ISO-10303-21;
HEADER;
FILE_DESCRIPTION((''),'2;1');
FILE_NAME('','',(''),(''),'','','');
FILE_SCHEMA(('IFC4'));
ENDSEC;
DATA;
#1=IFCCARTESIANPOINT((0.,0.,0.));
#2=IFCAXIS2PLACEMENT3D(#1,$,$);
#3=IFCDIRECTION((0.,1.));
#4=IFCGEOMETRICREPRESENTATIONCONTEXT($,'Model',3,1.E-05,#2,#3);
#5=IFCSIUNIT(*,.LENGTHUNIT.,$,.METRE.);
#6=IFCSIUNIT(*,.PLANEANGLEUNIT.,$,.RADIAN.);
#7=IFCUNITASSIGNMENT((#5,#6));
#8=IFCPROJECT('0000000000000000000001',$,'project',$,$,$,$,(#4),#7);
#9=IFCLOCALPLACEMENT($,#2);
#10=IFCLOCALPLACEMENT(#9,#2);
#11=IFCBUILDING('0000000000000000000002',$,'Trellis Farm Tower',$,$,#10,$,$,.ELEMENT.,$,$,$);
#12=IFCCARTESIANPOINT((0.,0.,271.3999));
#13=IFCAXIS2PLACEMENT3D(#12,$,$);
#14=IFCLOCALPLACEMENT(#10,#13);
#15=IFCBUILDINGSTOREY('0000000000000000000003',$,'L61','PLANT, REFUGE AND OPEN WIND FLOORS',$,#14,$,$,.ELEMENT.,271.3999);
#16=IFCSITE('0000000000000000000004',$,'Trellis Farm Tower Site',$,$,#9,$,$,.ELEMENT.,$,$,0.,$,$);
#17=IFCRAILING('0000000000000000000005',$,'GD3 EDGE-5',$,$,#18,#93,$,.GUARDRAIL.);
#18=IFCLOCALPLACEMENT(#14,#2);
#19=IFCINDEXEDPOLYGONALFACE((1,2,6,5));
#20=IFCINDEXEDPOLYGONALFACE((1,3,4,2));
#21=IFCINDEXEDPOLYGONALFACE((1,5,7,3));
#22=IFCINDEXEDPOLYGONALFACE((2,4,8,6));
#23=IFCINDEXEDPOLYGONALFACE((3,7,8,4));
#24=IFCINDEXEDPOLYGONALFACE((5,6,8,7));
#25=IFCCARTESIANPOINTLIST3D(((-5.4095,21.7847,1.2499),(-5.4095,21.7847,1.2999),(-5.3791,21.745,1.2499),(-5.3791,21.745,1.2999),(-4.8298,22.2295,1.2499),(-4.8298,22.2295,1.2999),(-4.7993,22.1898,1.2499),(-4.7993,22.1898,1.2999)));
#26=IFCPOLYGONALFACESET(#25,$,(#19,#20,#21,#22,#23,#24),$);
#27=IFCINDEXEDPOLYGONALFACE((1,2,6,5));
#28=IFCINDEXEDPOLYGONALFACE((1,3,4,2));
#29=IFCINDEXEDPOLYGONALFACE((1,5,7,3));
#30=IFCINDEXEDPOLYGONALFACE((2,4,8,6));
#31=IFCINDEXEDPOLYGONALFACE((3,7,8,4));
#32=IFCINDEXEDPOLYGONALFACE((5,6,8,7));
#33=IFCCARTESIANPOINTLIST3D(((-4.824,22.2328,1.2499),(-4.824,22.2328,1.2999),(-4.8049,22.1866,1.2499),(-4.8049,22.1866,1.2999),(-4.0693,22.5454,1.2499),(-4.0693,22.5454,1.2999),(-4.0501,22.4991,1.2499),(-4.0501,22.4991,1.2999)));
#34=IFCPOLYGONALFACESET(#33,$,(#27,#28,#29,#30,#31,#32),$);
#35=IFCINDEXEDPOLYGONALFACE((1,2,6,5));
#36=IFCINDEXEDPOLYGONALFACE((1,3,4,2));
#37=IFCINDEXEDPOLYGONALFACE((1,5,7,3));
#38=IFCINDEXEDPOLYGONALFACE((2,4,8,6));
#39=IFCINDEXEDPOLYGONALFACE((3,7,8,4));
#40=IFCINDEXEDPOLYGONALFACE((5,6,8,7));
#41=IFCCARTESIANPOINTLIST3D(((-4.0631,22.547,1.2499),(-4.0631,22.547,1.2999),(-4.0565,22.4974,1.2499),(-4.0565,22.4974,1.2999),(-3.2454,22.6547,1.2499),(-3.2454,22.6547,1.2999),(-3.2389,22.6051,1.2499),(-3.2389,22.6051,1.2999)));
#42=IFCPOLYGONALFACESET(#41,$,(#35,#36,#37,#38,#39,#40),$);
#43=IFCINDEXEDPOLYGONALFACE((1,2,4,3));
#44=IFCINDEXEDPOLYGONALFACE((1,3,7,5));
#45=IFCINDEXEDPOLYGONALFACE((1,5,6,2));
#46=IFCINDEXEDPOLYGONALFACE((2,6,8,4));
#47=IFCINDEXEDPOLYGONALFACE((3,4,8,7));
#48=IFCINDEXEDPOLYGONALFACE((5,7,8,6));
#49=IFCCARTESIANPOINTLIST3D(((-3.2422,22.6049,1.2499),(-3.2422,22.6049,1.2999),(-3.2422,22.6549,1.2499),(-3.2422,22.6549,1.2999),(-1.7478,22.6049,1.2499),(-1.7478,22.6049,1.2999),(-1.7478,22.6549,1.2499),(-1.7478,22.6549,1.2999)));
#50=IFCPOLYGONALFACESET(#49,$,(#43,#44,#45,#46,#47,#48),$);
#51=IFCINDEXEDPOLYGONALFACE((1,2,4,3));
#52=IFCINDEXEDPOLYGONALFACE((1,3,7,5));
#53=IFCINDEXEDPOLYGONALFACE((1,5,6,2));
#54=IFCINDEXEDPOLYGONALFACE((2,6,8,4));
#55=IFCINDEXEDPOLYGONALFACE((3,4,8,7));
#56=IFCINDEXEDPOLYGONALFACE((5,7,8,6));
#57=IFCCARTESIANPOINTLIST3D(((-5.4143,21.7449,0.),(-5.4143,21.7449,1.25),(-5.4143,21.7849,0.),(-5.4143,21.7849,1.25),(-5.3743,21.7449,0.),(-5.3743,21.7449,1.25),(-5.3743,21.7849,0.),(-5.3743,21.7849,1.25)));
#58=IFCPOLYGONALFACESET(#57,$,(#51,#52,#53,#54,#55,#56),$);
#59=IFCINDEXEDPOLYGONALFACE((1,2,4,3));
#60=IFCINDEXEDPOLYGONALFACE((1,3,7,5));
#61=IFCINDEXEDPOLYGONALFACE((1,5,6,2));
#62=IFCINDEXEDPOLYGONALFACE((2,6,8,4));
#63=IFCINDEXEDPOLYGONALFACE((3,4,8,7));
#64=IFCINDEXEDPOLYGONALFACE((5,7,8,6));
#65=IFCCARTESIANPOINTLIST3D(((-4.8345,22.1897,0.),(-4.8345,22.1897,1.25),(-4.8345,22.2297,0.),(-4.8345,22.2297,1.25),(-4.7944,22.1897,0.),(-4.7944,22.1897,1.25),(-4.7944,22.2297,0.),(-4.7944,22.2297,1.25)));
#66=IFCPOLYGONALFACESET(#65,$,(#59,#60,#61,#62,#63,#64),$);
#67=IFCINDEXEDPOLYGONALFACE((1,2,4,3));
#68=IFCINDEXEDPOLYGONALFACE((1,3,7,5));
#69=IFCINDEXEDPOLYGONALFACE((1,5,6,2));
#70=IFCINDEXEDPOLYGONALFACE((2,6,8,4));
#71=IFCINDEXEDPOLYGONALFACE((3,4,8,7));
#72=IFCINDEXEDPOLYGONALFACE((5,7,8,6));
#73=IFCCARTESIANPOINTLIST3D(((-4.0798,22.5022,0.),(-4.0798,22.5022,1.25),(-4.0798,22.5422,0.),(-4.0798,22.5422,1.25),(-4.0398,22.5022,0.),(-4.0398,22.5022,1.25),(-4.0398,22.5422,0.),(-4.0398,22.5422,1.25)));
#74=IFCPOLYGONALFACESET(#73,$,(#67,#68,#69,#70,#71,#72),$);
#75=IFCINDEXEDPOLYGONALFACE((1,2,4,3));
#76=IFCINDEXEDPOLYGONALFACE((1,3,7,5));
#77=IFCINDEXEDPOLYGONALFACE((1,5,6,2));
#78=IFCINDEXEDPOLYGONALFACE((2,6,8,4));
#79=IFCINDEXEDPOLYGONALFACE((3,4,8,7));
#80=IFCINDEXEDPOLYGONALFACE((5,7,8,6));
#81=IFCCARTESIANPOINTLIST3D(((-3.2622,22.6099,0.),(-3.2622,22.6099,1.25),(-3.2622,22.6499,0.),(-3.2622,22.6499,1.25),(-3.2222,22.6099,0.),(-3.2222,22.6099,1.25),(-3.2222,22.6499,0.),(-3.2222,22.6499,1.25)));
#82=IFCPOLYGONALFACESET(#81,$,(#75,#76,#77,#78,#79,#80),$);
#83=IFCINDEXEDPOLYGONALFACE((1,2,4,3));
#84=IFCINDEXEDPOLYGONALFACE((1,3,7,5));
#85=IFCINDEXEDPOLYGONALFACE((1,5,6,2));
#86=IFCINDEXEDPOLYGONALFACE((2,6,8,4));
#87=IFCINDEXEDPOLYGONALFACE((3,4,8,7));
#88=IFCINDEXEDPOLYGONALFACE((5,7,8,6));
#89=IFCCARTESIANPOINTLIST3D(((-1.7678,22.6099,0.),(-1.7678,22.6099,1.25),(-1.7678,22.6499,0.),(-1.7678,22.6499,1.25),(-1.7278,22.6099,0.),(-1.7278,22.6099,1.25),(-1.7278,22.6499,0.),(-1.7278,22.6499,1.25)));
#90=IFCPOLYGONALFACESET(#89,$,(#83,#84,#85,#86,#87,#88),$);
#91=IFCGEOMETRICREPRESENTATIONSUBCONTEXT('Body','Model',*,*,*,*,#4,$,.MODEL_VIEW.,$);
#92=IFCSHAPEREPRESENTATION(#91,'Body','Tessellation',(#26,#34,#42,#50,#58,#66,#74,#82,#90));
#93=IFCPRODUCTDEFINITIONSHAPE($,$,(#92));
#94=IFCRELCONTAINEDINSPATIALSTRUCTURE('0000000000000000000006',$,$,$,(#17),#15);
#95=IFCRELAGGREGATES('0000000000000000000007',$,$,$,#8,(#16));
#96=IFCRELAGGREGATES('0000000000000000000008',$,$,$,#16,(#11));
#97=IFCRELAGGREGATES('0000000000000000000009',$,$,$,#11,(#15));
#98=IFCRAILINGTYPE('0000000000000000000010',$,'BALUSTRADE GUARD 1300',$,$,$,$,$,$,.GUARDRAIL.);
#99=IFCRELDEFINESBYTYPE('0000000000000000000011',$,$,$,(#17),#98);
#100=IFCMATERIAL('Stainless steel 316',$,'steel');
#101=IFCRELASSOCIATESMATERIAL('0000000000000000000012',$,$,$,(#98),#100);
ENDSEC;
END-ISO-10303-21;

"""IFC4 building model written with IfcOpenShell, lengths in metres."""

from ifc_helpers import new_model, si_unit, direction, frame, origin, origin_2d, place, context, subcontext, project, spatial, rectangle, extrude, material, type_object, element, save


model = new_model("IFC4")

# Units and contexts
model_context = context("Model", 3, precision=1e-05, world=origin(), true_north=direction((0.0, 1.0)))
body_context = subcontext(model_context, "Body", "Model", "MODEL_VIEW")
ifc_project = project(units=[si_unit("LENGTHUNIT", "METRE"), si_unit("PLANEANGLEUNIT", "RADIAN")], contexts=[model_context])

# Site, building, storey
site_placement = place(None, origin())
site = spatial("IfcSite", under=ifc_project, at=site_placement, Name="Trellis Farm Tower Site", CompositionType="ELEMENT", RefElevation=0.0)
building_placement = place(site_placement, origin())
building = spatial("IfcBuilding", under=site, at=building_placement, Name="Trellis Farm Tower", CompositionType="ELEMENT")
storey_placement = place(building_placement, frame((0.0, 0.0, 271.3999)))
storey = spatial("IfcBuildingStorey", under=building, at=storey_placement, Name="L61", Description="PLANT, REFUGE AND OPEN WIND FLOORS", CompositionType="ELEMENT", Elevation=271.3999)

# Railing
ifc_material_1 = material(Name="Stainless steel 316", Category="steel")
railing_type_1 = type_object("IfcRailingType", Name="BALUSTRADE GUARD 1300", PredefinedType="GUARDRAIL", material=ifc_material_1)
railing_1_placement = place(storey_placement, frame((-5.3943, 21.7649, 0.0)))
element("IfcRailing", 1, at=railing_1_placement, inside=storey, type_object=railing_type_1, Name="GD3 EDGE-5", PredefinedType="GUARDRAIL", context=body_context, shape_type="SweptSolid", body=[
    extrude(rectangle(XDim=0.05, YDim=0.05, at=origin_2d()), frame((0.0, 0.0, 1.2749), z_axis=(0.793418, 0.608677, 0.0), x_axis=(-0.608677, 0.793418, 0.0)), (0.0, 0.0, 1.0), 0.7307),
    extrude(rectangle(XDim=0.05, YDim=0.05, at=origin_2d()), frame((0.5798, 0.4448, 1.2749), z_axis=(0.923915, 0.382598, 0.0), x_axis=(-0.382598, 0.923915, 0.0)), (0.0, 0.0, 1.0), 0.8169),
    extrude(rectangle(XDim=0.05, YDim=0.05, at=origin_2d()), frame((1.3345, 0.7573, 1.2749), z_axis=(0.991441, 0.130554, 0.0), x_axis=(-0.130554, 0.991441, 0.0)), (0.0, 0.0, 1.0), 0.8247),
    extrude(rectangle(XDim=0.05, YDim=0.05, at=origin_2d()), frame((2.1521, 0.865, 1.2749), z_axis=(1.0, 0.0, 0.0), x_axis=(0.0, 1.0, 0.0)), (0.0, 0.0, 1.0), 1.4944),
    extrude(rectangle(XDim=0.04, YDim=0.04, at=origin_2d()), origin(), (0.0, 0.0, 1.0), 1.25),
    extrude(rectangle(XDim=0.04, YDim=0.04, at=origin_2d()), frame((0.5798, 0.4448, 0.0)), (0.0, 0.0, 1.0), 1.25),
    extrude(rectangle(XDim=0.04, YDim=0.04, at=origin_2d()), frame((1.3345, 0.7573, 0.0)), (0.0, 0.0, 1.0), 1.25),
    extrude(rectangle(XDim=0.04, YDim=0.04, at=origin_2d()), frame((2.1521, 0.865, 0.0)), (0.0, 0.0, 1.0), 1.25),
    extrude(rectangle(XDim=0.04, YDim=0.04, at=origin_2d()), frame((3.6465, 0.865, 0.0)), (0.0, 0.0, 1.0), 1.25),
])

save(model, "model.ifc")
